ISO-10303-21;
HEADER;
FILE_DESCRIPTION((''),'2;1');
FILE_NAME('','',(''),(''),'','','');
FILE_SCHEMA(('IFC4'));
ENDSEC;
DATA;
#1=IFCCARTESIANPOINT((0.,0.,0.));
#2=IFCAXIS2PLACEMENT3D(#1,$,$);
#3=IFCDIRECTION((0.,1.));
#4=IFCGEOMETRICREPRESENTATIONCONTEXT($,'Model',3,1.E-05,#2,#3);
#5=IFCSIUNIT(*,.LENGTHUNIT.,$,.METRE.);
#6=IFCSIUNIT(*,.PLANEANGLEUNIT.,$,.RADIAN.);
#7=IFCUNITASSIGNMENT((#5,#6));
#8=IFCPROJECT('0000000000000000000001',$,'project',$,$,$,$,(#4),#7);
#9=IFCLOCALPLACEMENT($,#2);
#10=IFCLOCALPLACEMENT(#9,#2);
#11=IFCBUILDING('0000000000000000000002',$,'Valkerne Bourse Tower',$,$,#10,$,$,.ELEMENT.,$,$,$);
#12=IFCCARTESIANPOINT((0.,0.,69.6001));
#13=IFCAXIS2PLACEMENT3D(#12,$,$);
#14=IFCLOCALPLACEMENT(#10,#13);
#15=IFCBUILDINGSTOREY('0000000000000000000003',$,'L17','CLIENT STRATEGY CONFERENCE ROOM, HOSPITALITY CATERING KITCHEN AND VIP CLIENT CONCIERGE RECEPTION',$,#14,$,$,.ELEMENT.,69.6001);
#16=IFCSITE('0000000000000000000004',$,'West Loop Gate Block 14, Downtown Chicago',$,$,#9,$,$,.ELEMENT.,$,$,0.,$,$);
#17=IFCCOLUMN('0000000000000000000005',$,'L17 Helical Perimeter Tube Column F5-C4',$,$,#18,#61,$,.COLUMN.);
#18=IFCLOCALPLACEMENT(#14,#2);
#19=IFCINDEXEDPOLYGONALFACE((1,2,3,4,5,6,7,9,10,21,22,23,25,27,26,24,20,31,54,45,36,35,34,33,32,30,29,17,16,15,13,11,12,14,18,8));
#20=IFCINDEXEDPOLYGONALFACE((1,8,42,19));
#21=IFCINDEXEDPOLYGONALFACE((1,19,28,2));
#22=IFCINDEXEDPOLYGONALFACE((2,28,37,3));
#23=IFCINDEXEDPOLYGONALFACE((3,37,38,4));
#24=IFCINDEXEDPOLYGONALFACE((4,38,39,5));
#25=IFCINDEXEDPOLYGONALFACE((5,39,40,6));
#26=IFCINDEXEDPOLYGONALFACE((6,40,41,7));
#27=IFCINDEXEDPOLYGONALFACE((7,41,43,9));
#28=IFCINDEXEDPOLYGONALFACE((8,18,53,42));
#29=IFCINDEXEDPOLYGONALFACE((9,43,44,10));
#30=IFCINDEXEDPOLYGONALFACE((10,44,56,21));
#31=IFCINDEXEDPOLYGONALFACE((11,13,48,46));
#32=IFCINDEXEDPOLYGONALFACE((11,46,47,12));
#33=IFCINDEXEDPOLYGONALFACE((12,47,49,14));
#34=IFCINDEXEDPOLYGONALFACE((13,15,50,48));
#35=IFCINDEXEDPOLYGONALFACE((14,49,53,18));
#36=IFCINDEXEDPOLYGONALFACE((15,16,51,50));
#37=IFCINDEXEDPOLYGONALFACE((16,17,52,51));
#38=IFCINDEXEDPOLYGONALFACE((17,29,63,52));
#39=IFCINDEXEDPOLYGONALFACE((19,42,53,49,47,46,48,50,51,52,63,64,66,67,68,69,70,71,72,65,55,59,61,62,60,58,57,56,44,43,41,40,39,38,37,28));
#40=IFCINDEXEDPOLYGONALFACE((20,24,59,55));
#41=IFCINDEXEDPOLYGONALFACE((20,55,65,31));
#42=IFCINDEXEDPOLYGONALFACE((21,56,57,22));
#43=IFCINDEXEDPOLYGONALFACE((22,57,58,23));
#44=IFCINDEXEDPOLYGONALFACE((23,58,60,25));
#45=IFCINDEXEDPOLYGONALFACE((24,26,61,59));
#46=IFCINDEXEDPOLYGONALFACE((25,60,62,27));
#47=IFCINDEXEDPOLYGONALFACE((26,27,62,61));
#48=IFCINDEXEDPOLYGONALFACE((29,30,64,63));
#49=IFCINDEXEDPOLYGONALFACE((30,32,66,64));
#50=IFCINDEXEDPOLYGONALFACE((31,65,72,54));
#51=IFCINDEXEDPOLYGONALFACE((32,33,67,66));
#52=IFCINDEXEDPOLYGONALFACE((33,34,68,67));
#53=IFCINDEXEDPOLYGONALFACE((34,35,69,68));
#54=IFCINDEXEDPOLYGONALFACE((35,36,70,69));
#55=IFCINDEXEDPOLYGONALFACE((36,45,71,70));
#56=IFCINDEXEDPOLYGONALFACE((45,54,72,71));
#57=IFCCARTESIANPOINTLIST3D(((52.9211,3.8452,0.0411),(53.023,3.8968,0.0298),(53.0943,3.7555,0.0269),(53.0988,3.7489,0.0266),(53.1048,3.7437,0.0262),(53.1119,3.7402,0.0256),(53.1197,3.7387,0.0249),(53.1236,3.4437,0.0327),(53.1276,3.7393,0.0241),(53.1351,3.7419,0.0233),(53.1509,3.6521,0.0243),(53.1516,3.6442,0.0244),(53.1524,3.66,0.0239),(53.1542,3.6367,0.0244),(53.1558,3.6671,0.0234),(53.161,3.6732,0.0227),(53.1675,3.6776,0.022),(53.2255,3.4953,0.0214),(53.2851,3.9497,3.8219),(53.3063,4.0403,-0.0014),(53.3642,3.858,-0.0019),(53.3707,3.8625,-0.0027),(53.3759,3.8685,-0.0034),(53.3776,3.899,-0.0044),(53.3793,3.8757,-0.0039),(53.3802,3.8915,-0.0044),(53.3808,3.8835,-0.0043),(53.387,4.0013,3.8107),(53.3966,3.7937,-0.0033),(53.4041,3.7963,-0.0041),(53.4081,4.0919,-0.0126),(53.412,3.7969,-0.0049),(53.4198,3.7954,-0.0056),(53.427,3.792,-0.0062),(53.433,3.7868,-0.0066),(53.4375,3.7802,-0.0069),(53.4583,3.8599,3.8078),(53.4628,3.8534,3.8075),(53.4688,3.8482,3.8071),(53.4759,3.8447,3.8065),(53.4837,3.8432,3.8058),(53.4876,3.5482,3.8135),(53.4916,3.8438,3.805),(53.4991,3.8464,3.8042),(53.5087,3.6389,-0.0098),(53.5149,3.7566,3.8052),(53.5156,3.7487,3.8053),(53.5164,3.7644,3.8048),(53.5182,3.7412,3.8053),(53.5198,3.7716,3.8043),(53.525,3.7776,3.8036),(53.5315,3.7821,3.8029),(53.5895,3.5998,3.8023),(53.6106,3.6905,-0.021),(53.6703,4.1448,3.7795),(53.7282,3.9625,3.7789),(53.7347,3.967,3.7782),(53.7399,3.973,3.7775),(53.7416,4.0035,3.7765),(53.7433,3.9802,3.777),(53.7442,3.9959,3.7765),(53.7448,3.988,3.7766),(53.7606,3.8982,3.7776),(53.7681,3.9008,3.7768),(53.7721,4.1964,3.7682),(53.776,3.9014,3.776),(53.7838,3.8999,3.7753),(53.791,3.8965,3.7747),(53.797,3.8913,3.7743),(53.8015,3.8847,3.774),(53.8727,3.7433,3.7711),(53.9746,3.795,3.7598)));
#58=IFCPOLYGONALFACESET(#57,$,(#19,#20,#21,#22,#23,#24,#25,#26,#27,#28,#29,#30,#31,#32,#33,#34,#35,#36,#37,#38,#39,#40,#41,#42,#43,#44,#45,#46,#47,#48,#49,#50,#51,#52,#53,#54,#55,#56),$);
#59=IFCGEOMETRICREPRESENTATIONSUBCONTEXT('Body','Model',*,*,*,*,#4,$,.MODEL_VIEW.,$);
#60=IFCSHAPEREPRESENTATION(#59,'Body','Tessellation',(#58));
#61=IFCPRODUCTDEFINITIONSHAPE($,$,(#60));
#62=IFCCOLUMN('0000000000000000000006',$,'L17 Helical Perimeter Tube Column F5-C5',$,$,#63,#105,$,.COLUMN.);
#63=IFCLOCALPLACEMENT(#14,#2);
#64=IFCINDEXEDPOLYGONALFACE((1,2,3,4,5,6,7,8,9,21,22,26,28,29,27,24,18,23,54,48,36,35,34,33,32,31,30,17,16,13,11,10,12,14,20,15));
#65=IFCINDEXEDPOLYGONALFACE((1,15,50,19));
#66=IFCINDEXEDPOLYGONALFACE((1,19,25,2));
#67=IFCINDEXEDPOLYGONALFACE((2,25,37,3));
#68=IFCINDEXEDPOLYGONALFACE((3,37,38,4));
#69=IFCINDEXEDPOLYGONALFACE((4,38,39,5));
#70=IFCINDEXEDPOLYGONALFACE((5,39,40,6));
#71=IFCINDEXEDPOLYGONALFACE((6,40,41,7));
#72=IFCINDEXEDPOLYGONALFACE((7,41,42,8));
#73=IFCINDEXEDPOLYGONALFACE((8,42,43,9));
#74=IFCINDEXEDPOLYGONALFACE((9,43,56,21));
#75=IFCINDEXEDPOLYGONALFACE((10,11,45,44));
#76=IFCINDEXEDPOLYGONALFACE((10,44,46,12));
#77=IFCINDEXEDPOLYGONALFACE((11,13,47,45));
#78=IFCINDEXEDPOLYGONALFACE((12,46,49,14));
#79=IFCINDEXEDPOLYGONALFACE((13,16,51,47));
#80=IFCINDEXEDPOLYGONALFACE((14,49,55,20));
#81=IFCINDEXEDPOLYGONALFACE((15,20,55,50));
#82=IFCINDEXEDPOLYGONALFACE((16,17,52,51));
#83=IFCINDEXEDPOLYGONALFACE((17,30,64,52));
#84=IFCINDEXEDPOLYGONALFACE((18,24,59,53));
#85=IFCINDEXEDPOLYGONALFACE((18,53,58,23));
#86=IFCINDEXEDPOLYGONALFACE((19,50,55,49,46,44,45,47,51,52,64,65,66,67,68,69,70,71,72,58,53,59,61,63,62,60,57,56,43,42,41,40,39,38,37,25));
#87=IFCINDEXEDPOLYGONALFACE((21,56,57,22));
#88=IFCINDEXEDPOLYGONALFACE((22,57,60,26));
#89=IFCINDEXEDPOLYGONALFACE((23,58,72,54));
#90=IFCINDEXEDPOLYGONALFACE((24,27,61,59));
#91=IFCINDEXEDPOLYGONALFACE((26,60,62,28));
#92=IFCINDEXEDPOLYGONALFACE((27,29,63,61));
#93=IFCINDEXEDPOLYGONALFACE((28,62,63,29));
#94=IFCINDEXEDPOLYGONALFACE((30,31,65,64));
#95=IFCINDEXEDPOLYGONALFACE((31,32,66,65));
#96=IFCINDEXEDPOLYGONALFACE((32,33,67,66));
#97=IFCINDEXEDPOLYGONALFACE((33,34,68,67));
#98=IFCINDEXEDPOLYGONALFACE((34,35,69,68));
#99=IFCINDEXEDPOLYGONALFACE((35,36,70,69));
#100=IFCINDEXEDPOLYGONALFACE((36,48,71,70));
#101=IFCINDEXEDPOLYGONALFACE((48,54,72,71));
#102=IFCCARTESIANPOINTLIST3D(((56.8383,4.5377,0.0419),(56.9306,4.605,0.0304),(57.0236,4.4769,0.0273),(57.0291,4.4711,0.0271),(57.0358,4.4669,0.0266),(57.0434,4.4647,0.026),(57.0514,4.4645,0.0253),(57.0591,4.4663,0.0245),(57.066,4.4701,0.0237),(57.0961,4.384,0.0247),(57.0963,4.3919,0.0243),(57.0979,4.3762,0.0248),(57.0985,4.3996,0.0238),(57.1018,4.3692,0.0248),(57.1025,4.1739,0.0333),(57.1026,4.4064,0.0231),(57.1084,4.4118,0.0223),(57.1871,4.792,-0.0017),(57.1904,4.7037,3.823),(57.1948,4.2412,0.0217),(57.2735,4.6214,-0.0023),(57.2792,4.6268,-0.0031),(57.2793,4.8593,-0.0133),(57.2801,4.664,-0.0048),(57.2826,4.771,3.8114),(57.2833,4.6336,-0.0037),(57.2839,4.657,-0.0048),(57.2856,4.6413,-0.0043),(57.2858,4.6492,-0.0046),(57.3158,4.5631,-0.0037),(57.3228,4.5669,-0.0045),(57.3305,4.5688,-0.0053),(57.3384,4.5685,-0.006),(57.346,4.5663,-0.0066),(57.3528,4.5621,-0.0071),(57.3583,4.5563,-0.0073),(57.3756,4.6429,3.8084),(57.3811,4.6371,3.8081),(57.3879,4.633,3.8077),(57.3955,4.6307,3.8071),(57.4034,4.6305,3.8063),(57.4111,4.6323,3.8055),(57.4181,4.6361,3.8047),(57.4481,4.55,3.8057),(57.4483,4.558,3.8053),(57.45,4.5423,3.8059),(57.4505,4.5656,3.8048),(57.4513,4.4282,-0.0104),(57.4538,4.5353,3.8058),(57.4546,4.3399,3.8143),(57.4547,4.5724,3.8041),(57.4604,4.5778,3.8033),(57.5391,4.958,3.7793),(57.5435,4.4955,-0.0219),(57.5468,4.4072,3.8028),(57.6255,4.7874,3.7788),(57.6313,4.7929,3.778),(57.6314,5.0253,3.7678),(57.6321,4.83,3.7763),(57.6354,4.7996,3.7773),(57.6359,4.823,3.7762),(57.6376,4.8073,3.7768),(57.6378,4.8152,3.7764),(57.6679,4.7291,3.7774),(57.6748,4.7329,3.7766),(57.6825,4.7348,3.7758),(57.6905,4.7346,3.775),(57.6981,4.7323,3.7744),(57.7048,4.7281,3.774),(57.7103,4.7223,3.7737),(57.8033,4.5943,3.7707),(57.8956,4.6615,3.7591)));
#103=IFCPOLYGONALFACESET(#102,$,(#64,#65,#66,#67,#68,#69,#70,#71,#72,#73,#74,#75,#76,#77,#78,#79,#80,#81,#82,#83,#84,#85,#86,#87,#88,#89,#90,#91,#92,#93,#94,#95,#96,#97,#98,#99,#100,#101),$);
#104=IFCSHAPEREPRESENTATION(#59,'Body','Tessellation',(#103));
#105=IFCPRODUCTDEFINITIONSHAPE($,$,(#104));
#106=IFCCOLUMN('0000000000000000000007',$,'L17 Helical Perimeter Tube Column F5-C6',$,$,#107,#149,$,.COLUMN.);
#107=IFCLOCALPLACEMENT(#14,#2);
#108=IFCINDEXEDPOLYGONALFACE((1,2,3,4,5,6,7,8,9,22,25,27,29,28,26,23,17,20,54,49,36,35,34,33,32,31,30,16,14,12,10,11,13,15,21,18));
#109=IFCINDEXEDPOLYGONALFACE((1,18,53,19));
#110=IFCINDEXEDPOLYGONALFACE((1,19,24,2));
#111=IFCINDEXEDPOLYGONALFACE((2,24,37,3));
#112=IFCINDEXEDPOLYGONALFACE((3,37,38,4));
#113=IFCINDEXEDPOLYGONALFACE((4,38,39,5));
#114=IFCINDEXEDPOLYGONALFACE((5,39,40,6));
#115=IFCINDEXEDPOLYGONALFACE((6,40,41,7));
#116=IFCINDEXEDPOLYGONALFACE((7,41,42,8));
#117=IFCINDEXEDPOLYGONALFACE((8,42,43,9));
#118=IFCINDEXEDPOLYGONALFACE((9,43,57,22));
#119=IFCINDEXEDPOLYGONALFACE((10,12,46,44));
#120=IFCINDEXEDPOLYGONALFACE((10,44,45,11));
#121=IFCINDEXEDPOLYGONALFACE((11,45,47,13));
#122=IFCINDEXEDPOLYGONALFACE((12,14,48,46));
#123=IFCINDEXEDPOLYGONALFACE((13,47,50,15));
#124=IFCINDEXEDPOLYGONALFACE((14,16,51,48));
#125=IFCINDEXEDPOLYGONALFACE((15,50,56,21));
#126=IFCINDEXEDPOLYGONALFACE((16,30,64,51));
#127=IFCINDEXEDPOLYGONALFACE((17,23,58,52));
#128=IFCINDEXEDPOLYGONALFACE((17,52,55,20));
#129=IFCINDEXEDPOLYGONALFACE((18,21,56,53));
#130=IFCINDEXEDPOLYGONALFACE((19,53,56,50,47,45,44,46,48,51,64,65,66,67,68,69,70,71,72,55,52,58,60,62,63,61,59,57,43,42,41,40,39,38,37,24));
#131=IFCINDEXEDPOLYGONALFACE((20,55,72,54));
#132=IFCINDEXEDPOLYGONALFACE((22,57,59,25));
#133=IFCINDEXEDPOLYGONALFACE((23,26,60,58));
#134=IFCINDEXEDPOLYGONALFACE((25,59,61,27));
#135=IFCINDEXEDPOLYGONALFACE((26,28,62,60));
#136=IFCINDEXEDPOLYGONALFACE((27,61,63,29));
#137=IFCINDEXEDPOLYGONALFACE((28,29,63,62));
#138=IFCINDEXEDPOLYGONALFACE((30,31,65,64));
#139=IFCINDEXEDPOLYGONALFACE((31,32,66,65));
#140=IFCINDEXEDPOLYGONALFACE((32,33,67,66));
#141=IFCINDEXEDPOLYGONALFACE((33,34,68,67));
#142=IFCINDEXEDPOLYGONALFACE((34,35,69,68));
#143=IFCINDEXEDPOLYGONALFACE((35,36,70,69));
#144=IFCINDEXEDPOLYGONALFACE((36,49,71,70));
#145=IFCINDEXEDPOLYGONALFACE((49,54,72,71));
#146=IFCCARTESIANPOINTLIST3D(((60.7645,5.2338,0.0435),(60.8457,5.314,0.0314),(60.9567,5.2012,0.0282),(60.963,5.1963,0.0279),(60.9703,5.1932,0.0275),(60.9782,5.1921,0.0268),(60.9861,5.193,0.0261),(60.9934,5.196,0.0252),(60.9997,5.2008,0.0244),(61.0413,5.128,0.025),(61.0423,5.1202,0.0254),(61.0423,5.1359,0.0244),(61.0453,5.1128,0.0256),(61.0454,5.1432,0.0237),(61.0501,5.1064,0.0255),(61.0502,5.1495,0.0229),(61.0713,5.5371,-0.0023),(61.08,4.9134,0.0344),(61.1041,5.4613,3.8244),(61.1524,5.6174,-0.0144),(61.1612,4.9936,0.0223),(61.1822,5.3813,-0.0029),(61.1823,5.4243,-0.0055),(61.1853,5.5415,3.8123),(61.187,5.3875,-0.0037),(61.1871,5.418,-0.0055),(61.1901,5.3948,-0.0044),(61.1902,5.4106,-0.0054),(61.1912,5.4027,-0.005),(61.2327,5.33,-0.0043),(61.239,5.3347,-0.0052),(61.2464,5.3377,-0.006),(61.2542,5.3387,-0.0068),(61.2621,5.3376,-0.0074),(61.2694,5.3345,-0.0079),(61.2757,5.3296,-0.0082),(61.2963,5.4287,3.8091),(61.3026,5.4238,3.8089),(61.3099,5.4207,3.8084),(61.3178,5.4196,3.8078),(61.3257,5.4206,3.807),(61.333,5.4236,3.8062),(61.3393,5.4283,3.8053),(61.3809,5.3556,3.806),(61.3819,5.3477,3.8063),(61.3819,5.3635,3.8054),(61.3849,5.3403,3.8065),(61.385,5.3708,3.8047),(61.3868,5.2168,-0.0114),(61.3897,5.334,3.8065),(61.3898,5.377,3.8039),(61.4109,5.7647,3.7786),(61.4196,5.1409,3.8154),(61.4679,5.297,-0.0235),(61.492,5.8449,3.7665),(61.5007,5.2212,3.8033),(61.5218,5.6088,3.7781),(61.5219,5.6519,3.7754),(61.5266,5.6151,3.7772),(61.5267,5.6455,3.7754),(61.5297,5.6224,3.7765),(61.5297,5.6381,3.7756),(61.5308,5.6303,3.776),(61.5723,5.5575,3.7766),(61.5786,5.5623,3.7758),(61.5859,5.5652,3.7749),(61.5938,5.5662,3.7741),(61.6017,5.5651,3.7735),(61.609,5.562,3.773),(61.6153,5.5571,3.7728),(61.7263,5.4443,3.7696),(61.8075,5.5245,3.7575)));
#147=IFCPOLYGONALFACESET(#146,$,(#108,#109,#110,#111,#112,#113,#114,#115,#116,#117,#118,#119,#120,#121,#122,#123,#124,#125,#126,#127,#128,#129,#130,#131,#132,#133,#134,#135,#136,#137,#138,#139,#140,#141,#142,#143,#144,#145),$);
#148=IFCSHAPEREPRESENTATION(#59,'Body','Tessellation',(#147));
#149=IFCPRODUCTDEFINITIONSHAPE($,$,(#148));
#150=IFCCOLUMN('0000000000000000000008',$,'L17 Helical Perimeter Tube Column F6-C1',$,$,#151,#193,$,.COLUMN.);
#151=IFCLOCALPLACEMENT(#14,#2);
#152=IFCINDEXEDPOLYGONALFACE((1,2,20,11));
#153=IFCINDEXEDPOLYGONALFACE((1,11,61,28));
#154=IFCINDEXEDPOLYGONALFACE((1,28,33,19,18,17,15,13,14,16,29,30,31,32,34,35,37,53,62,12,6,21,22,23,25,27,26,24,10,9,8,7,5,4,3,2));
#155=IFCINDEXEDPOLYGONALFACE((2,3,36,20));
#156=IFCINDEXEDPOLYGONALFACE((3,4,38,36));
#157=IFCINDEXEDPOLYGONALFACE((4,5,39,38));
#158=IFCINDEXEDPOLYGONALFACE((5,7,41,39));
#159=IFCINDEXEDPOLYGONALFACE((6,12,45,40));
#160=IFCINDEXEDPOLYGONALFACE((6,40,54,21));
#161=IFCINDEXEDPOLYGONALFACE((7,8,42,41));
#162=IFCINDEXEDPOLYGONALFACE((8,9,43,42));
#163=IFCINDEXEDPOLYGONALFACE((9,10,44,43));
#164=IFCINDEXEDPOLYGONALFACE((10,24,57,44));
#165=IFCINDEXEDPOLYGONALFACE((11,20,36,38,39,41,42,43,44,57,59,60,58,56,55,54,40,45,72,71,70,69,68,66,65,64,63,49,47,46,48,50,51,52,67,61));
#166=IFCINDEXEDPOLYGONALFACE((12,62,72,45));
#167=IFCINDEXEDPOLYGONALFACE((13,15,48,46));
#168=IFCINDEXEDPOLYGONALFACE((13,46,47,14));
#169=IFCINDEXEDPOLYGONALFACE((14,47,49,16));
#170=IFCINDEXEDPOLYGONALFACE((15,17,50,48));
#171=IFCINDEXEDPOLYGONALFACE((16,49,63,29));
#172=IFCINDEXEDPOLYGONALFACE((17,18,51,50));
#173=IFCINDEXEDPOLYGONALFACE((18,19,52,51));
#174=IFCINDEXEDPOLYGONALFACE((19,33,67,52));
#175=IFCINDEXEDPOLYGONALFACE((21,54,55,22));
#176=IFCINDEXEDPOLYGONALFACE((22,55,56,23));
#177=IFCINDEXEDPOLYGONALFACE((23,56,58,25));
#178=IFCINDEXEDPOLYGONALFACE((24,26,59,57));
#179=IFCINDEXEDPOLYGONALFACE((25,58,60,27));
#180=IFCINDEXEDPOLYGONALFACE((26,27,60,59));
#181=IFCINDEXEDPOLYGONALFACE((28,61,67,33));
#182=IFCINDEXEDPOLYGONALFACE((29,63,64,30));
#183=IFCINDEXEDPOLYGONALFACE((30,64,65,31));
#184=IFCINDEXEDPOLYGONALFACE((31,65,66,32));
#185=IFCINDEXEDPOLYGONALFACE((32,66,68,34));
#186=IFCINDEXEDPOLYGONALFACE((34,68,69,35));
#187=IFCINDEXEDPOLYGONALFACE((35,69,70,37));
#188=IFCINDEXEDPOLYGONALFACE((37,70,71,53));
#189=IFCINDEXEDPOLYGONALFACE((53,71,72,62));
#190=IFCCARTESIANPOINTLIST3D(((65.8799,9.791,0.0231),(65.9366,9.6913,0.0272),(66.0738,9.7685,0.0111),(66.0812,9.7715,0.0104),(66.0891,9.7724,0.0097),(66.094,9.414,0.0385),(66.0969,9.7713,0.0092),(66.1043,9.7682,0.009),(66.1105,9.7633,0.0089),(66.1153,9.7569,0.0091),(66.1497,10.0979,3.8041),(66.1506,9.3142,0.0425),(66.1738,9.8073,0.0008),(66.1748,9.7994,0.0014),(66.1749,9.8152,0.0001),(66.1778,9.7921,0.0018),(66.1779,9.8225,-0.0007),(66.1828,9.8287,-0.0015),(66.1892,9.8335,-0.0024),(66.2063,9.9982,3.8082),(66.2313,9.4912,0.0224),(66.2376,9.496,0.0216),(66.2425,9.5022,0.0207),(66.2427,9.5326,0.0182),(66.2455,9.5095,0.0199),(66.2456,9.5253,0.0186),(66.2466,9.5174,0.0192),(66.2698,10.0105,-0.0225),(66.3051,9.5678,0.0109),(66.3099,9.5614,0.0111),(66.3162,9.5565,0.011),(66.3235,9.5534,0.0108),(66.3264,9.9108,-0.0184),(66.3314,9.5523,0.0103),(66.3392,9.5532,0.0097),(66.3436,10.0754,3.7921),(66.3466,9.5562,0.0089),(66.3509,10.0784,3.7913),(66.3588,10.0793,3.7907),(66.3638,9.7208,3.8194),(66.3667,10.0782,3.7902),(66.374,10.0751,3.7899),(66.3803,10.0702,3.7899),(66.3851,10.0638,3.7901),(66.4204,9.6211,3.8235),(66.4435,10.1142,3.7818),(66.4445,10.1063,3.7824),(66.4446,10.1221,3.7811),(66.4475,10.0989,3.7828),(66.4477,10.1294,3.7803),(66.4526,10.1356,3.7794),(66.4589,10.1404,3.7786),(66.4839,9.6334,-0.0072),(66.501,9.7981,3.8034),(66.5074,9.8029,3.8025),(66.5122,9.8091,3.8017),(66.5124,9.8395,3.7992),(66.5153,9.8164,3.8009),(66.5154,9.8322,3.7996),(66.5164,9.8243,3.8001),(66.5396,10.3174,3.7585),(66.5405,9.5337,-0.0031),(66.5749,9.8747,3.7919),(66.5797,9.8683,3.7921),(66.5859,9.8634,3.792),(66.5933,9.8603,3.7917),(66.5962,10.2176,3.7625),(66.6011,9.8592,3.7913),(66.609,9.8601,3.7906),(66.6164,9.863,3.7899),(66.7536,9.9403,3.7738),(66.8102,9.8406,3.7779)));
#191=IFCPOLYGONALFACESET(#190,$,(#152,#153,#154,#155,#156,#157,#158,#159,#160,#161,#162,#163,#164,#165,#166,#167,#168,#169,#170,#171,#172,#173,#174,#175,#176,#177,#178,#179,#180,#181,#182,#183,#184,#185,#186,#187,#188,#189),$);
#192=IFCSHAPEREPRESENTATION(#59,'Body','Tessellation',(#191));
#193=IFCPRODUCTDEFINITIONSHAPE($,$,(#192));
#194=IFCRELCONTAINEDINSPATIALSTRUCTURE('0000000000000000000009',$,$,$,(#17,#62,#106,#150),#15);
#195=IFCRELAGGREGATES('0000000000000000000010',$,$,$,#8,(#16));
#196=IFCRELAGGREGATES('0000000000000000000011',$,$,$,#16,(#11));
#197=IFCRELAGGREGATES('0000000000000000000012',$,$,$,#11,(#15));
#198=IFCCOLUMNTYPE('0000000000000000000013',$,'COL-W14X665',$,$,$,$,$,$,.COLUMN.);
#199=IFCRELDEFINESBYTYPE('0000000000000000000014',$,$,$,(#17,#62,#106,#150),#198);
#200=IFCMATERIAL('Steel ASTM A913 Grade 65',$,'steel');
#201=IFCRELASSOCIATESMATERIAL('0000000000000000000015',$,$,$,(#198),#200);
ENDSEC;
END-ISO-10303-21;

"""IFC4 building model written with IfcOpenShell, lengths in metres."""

from ifc_helpers import new_model, si_unit, direction, frame, origin, origin_2d, place, context, subcontext, project, spatial, i_section, extrude, material, material_profile, profile_set, type_object, element, save


model = new_model("IFC4")

# Units and contexts
model_context = context("Model", 3, precision=1e-05, world=origin(), true_north=direction((0.0, 1.0)))
body_context = subcontext(model_context, "Body", "Model", "MODEL_VIEW")
ifc_project = project(units=[si_unit("LENGTHUNIT", "METRE"), si_unit("PLANEANGLEUNIT", "RADIAN")], contexts=[model_context])

# Site, building, storey
site_placement = place(None, origin())
site = spatial("IfcSite", under=ifc_project, at=site_placement, Name="West Loop Gate Block 14, Downtown Chicago", CompositionType="ELEMENT", RefElevation=0.0)
building_placement = place(site_placement, origin())
building = spatial("IfcBuilding", under=site, at=building_placement, Name="Valkerne Bourse Tower", CompositionType="ELEMENT")
storey_placement = place(building_placement, frame((0.0, 0.0, 69.6001)))
storey = spatial("IfcBuildingStorey", under=building, at=storey_placement, Name="L17", Description="CLIENT STRATEGY CONFERENCE ROOM, HOSPITALITY CATERING KITCHEN AND VIP CLIENT CONCIERGE RECEPTION", CompositionType="ELEMENT", Elevation=69.6001)

# Columns
ifc_material_1 = material(Name="Steel ASTM A913 Grade 65", Category="steel")
ifc_material_profile_1 = material_profile(ifc_material_1, i_section(OverallWidth=0.4497, OverallDepth=0.5486, WebThickness=0.072, FlangeThickness=0.1147, FilletRadius=0.0305, at=origin_2d()), Name="W14X665")
ifc_profile_set_1 = profile_set([ifc_material_profile_1], Name="Steel ASTM A913 Grade 65")
column_type = type_object("IfcColumnType", Name="COL-W14X665", PredefinedType="COLUMN", material=ifc_profile_set_1)
column_1_placement = place(storey_placement, frame((53.2659, 3.7678, 0.01), z_axis=(0.095795, 0.027498, 0.995021), x_axis=(-0.450237, 0.892714, 0.018675)))
element("IfcColumn", 1, at=column_1_placement, inside=storey, type_object=column_type, Name="L17 Helical Perimeter Tube Column F5-C4", PredefinedType="COLUMN", context=body_context, shape_type="SweptSolid", body=[
    extrude(i_section(OverallWidth=0.4497, OverallDepth=0.5486, WebThickness=0.072, FlangeThickness=0.1147, FilletRadius=0.0305, at=origin_2d()), origin(), (0.0, 0.0, 1.0), 3.7998),
])
column_2_placement = place(storey_placement, frame((57.1909, 4.5166, 0.01), z_axis=(0.092621, 0.043677, 0.994743), x_axis=(-0.587558, 0.808954, 0.019188)))
element("IfcColumn", 2, at=column_2_placement, inside=storey, type_object=column_type, Name="L17 Helical Perimeter Tube Column F5-C5", PredefinedType="COLUMN", context=body_context, shape_type="SweptSolid", body=[
    extrude(i_section(OverallWidth=0.4497, OverallDepth=0.5486, WebThickness=0.072, FlangeThickness=0.1147, FilletRadius=0.0305, at=origin_2d()), origin(), (0.0, 0.0, 1.0), 3.801),
])
for number, where, z_axis, x_axis, name in (
    (3, (61.1162, 5.2654, 0.01), (0.089297, 0.059831, 0.994206), (-0.701536, 0.712349, 0.020141), "L17 Helical Perimeter Tube Column F5-C6"),
    (4, (66.2102, 9.6624, 0.01), (0.070937, 0.080695, 0.994211), (-0.866901, -0.488045, 0.101466), "L17 Helical Perimeter Tube Column F6-C1"),
):
    element("IfcColumn", number, at=place(storey_placement, frame(where, z_axis=z_axis, x_axis=x_axis)), inside=storey, type_object=column_type, Name=name, PredefinedType="COLUMN", context=body_context, shape_type="SweptSolid", body=[
        extrude(i_section(OverallWidth=0.4497, OverallDepth=0.5486, WebThickness=0.072, FlangeThickness=0.1147, FilletRadius=0.0305, at=origin_2d()), origin(), (0.0, 0.0, 1.0), 3.803),
    ])

save(model, "model.ifc")
